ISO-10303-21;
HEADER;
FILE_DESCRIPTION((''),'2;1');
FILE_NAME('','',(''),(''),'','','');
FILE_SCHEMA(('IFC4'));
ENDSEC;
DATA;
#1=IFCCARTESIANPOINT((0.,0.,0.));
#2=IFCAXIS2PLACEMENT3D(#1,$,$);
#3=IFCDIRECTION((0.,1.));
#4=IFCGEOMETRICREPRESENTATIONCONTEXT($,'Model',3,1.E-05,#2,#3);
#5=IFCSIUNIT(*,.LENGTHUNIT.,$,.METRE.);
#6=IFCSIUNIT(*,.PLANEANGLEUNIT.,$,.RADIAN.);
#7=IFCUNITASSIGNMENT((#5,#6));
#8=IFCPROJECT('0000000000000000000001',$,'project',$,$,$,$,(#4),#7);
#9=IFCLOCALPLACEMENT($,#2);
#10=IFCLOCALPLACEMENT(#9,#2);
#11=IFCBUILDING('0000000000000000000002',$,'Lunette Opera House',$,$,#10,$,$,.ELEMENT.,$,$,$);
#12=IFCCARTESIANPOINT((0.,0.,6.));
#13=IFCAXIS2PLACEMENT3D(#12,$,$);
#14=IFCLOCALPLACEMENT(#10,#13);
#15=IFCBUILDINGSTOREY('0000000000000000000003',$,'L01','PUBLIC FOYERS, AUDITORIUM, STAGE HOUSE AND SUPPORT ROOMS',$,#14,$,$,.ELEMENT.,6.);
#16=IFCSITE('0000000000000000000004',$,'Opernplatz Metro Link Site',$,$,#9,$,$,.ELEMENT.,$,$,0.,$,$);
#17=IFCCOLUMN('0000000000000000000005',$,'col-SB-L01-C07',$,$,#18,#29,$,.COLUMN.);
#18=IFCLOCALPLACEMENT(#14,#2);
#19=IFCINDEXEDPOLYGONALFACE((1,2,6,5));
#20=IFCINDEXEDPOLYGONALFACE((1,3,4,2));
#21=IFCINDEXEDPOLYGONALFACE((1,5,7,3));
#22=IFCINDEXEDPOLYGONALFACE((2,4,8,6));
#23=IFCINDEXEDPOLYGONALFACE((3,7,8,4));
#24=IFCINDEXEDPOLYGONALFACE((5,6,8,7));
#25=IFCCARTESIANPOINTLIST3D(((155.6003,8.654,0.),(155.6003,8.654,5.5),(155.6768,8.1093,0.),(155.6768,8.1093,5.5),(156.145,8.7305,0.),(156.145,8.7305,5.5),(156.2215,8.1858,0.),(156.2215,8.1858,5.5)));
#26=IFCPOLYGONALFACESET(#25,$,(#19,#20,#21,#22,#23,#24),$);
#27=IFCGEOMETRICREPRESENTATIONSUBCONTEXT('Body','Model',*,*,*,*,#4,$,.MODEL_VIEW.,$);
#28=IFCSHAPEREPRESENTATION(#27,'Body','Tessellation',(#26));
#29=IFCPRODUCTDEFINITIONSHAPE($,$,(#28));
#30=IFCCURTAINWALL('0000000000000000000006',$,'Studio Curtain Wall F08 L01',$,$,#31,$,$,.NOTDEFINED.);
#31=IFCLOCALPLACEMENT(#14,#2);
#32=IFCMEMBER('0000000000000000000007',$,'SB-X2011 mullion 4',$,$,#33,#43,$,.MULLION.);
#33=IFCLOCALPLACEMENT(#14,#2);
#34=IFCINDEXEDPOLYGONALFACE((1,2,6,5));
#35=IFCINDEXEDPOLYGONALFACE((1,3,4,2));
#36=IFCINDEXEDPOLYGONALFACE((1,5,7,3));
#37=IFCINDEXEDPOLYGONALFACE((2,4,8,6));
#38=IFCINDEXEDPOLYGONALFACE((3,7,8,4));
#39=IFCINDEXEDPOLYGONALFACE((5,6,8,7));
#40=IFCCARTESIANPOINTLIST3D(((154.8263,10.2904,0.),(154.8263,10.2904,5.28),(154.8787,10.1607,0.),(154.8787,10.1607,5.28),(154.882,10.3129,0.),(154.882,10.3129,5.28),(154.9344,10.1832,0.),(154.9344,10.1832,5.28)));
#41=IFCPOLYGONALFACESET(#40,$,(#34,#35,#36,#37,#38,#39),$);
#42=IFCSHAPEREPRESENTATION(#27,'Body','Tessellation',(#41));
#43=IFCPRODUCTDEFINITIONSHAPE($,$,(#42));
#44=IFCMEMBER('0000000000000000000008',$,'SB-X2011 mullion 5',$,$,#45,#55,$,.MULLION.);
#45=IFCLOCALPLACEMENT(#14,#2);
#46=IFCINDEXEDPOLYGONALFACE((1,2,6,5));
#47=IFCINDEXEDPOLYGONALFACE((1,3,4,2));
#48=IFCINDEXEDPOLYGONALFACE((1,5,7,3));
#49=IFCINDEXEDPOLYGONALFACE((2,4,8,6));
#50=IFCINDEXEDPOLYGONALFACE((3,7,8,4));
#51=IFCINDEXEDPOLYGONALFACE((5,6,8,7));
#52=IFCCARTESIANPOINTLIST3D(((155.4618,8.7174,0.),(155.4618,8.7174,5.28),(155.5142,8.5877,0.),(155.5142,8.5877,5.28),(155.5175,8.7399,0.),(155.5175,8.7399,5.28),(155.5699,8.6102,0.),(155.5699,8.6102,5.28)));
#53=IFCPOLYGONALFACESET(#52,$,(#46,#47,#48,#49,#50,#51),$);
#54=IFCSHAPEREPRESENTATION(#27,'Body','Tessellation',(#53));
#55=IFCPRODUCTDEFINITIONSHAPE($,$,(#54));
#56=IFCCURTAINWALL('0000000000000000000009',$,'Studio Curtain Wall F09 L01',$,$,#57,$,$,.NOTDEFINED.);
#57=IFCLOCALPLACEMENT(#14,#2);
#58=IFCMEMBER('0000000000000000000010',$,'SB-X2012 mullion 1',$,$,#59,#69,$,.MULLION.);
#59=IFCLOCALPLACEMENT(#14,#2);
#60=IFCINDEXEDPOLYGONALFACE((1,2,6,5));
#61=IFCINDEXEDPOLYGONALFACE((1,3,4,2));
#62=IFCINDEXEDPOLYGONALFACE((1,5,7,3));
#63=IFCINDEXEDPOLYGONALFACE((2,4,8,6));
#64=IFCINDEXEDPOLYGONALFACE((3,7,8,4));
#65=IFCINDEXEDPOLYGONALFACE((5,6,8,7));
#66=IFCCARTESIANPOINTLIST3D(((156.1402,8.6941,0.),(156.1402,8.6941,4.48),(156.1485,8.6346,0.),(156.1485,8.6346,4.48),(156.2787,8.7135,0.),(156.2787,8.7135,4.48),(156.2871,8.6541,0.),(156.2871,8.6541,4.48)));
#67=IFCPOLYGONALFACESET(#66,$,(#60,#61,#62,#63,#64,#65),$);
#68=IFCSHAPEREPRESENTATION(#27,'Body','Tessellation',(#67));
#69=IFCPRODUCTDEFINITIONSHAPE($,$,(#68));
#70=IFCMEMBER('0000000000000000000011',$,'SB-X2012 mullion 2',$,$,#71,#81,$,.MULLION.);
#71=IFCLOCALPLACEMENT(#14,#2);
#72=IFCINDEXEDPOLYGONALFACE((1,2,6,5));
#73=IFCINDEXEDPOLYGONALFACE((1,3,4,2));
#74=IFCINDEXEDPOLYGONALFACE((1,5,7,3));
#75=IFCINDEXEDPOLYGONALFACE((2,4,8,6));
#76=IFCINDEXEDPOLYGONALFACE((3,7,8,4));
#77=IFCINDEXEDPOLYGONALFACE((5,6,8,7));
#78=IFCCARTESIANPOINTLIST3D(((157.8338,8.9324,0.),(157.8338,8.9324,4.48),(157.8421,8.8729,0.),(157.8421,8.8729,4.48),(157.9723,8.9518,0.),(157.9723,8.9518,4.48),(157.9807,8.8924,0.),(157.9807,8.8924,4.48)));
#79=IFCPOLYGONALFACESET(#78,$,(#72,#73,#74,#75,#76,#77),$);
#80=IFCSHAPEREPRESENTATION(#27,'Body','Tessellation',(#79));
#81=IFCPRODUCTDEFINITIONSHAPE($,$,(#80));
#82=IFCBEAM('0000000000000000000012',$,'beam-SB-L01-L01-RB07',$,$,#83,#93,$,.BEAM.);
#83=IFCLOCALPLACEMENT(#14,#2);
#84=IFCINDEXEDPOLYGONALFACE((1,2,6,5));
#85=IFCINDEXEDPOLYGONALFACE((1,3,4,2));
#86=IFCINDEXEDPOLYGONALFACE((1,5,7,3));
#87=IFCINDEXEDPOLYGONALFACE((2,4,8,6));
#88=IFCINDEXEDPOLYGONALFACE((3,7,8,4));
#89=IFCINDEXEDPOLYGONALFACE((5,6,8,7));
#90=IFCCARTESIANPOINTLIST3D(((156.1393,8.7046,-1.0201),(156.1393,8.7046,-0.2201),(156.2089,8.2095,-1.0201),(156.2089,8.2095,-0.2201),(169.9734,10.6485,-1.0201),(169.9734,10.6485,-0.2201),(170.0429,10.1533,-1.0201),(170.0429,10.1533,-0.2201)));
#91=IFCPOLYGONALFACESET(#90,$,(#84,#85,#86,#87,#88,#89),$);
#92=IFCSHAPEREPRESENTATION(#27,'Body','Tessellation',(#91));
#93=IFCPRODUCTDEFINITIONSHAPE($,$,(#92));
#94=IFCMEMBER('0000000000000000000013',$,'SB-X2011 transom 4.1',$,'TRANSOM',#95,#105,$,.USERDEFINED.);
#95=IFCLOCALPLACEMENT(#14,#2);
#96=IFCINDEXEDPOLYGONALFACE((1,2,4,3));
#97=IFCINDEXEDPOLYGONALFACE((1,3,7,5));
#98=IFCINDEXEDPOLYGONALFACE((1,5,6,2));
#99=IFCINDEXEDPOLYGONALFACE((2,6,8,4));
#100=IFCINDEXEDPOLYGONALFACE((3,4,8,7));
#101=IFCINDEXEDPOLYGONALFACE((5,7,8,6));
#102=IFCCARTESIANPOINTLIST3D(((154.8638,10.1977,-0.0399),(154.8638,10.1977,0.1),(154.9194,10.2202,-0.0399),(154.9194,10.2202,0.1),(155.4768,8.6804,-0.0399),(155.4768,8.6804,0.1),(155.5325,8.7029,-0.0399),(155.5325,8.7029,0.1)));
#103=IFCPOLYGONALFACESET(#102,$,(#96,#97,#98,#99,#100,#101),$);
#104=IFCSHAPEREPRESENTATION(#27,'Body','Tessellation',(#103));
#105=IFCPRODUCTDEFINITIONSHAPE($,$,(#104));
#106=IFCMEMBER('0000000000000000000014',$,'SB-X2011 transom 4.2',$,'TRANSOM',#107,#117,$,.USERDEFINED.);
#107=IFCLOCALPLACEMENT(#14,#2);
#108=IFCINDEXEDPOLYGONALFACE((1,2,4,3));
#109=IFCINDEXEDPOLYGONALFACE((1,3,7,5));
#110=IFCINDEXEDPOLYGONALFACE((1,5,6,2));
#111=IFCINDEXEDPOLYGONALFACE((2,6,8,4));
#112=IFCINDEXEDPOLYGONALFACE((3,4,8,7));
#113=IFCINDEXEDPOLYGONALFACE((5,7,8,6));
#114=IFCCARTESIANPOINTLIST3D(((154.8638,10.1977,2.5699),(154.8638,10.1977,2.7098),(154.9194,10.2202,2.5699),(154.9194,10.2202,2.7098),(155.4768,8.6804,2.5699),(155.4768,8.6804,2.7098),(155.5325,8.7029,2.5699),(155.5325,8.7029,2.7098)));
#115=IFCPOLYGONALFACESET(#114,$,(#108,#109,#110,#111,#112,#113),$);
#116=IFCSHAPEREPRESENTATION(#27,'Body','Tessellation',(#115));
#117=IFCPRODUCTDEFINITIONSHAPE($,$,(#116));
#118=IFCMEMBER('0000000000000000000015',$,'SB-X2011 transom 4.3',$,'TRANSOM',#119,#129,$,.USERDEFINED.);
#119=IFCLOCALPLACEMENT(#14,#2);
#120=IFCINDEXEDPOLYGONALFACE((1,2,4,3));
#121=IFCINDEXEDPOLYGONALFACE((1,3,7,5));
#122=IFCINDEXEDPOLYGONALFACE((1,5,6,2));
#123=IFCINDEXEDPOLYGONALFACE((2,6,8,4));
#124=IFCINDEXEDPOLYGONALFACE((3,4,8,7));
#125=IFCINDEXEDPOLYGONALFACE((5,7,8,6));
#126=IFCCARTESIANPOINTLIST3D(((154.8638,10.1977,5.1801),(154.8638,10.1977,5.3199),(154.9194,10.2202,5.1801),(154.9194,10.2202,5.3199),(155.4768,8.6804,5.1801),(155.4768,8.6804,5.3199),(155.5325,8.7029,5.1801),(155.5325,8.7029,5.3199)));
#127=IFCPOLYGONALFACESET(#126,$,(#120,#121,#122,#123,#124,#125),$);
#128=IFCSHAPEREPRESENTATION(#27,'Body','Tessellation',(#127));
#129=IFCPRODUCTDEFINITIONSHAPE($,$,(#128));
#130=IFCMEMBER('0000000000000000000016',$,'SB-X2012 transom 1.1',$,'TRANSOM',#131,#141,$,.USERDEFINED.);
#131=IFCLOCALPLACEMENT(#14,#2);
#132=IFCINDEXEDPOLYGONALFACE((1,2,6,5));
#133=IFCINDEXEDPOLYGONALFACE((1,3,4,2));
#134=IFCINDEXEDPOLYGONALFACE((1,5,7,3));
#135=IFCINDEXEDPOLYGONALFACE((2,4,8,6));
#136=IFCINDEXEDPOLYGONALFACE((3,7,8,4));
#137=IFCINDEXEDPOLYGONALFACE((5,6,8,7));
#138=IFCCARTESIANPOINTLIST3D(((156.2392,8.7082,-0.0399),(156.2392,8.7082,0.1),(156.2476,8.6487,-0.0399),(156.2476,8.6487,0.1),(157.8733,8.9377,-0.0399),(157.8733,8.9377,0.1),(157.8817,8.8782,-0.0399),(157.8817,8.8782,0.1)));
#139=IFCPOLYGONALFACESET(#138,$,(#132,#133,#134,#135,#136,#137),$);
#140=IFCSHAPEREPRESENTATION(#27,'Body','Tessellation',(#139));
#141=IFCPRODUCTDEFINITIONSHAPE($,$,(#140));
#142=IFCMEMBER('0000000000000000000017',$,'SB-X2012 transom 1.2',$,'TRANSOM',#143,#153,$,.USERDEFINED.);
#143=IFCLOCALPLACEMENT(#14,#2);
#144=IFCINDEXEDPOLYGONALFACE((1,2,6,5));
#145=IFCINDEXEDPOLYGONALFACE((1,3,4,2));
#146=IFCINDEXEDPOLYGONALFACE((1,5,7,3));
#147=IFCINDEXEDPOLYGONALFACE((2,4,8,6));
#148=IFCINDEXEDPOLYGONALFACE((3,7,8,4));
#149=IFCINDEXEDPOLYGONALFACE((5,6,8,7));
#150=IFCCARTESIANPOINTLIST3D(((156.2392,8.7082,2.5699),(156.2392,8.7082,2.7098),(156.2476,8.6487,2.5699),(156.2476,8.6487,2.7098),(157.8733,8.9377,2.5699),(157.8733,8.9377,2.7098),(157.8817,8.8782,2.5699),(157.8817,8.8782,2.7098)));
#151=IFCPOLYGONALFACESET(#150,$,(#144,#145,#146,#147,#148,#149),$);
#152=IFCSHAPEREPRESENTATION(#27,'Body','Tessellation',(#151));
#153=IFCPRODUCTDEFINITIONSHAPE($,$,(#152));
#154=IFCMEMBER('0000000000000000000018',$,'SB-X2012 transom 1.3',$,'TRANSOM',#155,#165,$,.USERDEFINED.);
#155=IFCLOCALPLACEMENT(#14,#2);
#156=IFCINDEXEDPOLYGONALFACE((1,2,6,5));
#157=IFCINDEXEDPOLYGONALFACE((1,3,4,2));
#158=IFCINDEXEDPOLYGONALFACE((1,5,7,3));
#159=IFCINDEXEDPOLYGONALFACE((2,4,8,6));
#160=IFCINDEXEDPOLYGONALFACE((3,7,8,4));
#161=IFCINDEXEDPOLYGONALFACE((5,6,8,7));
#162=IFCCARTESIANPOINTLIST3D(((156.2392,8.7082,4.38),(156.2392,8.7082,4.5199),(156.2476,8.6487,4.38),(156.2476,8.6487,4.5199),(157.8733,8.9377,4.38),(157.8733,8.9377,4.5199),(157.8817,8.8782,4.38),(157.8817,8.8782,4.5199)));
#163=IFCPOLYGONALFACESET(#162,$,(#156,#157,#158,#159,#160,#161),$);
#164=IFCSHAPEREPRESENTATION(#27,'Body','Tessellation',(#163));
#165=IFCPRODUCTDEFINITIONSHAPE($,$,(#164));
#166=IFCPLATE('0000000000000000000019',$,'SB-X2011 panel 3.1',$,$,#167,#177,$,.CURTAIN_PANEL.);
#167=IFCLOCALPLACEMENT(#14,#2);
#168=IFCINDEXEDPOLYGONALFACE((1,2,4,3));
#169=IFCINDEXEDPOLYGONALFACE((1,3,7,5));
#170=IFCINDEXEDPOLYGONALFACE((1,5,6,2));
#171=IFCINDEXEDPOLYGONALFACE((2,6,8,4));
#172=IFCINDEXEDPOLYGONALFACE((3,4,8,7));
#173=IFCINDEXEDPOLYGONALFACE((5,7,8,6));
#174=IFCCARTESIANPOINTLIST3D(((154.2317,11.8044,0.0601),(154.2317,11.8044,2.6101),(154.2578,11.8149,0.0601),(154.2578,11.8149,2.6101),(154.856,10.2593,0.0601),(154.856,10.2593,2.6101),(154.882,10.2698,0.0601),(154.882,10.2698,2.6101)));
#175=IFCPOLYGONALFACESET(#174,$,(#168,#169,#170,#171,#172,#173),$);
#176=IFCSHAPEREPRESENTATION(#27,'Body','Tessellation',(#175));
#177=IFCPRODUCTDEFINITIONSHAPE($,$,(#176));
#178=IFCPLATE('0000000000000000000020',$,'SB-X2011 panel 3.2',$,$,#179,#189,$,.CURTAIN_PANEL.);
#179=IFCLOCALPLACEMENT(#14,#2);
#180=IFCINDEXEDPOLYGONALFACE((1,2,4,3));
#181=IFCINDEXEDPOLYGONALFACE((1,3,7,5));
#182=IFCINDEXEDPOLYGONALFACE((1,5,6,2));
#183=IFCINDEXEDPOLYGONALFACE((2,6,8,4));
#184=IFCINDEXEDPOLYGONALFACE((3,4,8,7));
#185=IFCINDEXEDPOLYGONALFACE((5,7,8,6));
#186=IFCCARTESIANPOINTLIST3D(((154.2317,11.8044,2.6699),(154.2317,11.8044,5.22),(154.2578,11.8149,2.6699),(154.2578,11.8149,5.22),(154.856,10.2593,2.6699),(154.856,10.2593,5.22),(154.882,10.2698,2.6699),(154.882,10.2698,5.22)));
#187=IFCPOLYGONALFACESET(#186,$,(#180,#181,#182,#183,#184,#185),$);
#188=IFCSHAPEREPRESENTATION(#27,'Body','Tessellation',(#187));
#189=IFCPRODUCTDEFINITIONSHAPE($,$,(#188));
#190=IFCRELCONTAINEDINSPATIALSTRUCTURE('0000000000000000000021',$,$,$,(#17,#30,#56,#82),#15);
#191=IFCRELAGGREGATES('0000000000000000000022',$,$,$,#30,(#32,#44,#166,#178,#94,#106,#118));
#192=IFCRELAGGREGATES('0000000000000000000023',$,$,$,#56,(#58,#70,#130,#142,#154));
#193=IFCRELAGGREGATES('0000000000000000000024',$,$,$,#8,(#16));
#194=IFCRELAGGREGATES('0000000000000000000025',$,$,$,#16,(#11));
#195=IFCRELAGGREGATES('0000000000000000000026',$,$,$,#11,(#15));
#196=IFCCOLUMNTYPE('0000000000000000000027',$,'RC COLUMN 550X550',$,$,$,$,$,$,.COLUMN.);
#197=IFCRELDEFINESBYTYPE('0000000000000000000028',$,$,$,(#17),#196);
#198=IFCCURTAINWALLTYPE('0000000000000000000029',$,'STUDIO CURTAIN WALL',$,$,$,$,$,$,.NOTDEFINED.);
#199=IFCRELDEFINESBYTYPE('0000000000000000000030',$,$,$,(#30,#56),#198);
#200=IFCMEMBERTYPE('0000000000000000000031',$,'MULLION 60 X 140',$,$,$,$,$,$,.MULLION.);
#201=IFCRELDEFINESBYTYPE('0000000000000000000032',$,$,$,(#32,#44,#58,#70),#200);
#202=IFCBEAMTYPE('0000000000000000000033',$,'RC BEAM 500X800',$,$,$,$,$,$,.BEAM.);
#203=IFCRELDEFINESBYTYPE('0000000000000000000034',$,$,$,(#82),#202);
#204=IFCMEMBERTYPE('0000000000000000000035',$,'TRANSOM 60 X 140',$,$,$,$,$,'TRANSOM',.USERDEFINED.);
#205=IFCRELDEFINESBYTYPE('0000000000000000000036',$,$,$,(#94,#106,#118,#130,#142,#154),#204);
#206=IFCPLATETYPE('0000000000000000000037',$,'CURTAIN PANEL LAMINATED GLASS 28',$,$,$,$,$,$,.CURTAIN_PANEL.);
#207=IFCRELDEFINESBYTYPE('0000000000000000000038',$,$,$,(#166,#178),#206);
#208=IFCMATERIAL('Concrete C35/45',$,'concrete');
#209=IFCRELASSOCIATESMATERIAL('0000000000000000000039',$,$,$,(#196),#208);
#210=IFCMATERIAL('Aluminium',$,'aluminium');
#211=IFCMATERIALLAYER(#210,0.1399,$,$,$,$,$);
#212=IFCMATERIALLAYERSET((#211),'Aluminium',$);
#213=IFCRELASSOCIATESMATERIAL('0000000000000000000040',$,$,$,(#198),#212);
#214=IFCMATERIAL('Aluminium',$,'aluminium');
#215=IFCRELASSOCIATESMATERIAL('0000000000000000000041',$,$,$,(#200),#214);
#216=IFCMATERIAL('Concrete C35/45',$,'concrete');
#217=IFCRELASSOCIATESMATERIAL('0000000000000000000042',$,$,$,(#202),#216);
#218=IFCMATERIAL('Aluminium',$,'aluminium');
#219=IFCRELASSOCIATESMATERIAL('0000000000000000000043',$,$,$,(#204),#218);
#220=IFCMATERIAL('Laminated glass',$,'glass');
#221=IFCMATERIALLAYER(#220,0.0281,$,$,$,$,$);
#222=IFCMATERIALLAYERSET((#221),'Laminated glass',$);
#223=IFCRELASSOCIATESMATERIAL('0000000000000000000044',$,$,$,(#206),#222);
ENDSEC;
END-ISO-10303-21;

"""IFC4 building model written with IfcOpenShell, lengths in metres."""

from ifc_helpers import new_model, si_unit, direction, frame, origin, origin_2d, place, context, subcontext, project, spatial, rectangle, extrude, material, layer, layer_set, material_profile, profile_set, type_object, element, aggregate, save


model = new_model("IFC4")

# Units and contexts
model_context = context("Model", 3, precision=1e-05, world=origin(), true_north=direction((0.0, 1.0)))
body_context = subcontext(model_context, "Body", "Model", "MODEL_VIEW")
ifc_project = project(units=[si_unit("LENGTHUNIT", "METRE"), si_unit("PLANEANGLEUNIT", "RADIAN")], contexts=[model_context])

# Site, building, storey
site_placement = place(None, origin())
site = spatial("IfcSite", under=ifc_project, at=site_placement, Name="Opernplatz Metro Link Site", CompositionType="ELEMENT", RefElevation=0.0)
building_placement = place(site_placement, origin())
building = spatial("IfcBuilding", under=site, at=building_placement, Name="Lunette Opera House", CompositionType="ELEMENT")
storey_placement = place(building_placement, frame((0.0, 0.0, 6.0)))
storey = spatial("IfcBuildingStorey", under=building, at=storey_placement, Name="L01", Description="PUBLIC FOYERS, AUDITORIUM, STAGE HOUSE AND SUPPORT ROOMS", CompositionType="ELEMENT", Elevation=6.0)

# Column
ifc_material_1 = material(Name="Concrete C35/45", Category="concrete")
ifc_material_profile_1 = material_profile(ifc_material_1, rectangle(XDim=0.55, YDim=0.55, at=origin_2d()), Name="RC COLUMN 550X550")
ifc_profile_set_1 = profile_set([ifc_material_profile_1], Name="Concrete C35/45")
column_type = type_object("IfcColumnType", Name="RC COLUMN 550X550", PredefinedType="COLUMN", material=ifc_profile_set_1)
column_placement = place(storey_placement, frame((155.9109, 8.4199, 0.0), z_axis=(0.0, 0.0, 1.0), x_axis=(0.139173, -0.990268, 0.0)))
element("IfcColumn", 1, at=column_placement, inside=storey, type_object=column_type, Name="col-SB-L01-C07", PredefinedType="COLUMN", context=body_context, shape_type="SweptSolid", body=[
    extrude(rectangle(XDim=0.55, YDim=0.55, at=origin_2d()), origin(), (0.0, 0.0, 1.0), 5.5),
])

# Curtain walls, members
ifc_material_2 = material(Name="Aluminium", Category="aluminium")
ifc_layer_1 = layer(ifc_material_2, 0.1399)
ifc_layer_set_1 = layer_set([ifc_layer_1], Name="Aluminium")
curtain_wall_type = type_object("IfcCurtainWallType", Name="STUDIO CURTAIN WALL", PredefinedType="NOTDEFINED", material=ifc_layer_set_1)
curtain_wall_1_placement = place(storey_placement, origin())
curtain_wall_1 = element("IfcCurtainWall", 2, at=curtain_wall_1_placement, inside=storey, type_object=curtain_wall_type, Name="Studio Curtain Wall F08 L01", PredefinedType="NOTDEFINED")
ifc_material_3 = material(Name="Aluminium", Category="aluminium")
ifc_material_profile_2 = material_profile(ifc_material_3, rectangle(XDim=0.0601, YDim=0.1399, at=origin_2d()), Name="MULLION 60 X 140")
ifc_profile_set_2 = profile_set([ifc_material_profile_2], Name="Aluminium")
member_type_1 = type_object("IfcMemberType", Name="MULLION 60 X 140", PredefinedType="MULLION", material=ifc_profile_set_2)
member_1_placement = place(storey_placement, frame((154.8804, 10.2368, 0.0), z_axis=(0.0, 0.0, 1.0), x_axis=(0.927183, 0.374609, 0.0)))
member_1 = element("IfcMember", 3, at=member_1_placement, type_object=member_type_1, Name="SB-X2011 mullion 4", PredefinedType="MULLION", context=body_context, shape_type="SweptSolid", body=[
    extrude(rectangle(XDim=0.0601, YDim=0.1399, at=origin_2d()), origin(), (0.0, 0.0, 1.0), 5.28),
])
member_2_placement = place(storey_placement, frame((155.5159, 8.6638, 0.0), z_axis=(0.0, 0.0, 1.0), x_axis=(0.927183, 0.374609, 0.0)))
member_2 = element("IfcMember", 4, at=member_2_placement, type_object=member_type_1, Name="SB-X2011 mullion 5", PredefinedType="MULLION", context=body_context, shape_type="SweptSolid", body=[
    extrude(rectangle(XDim=0.0601, YDim=0.1399, at=origin_2d()), origin(), (0.0, 0.0, 1.0), 5.28),
])
curtain_wall_2_placement = place(storey_placement, origin())
curtain_wall_2 = element("IfcCurtainWall", 5, at=curtain_wall_2_placement, inside=storey, type_object=curtain_wall_type, Name="Studio Curtain Wall F09 L01", PredefinedType="NOTDEFINED")
member_3_placement = place(storey_placement, frame((156.2136, 8.6741, 0.0), z_axis=(0.0, 0.0, 1.0), x_axis=(-0.139209, 0.990263, 0.0)))
member_3 = element("IfcMember", 6, at=member_3_placement, type_object=member_type_1, Name="SB-X2012 mullion 1", PredefinedType="MULLION", context=body_context, shape_type="SweptSolid", body=[
    extrude(rectangle(XDim=0.0601, YDim=0.1399, at=origin_2d()), origin(), (0.0, 0.0, 1.0), 4.48),
])
member_4_placement = place(storey_placement, frame((157.9072, 8.9124, 0.0), z_axis=(0.0, 0.0, 1.0), x_axis=(-0.139209, 0.990263, 0.0)))
member_4 = element("IfcMember", 7, at=member_4_placement, type_object=member_type_1, Name="SB-X2012 mullion 2", PredefinedType="MULLION", context=body_context, shape_type="SweptSolid", body=[
    extrude(rectangle(XDim=0.0601, YDim=0.1399, at=origin_2d()), origin(), (0.0, 0.0, 1.0), 4.48),
])

# Beam
ifc_material_4 = material(Name="Concrete C35/45", Category="concrete")
ifc_material_profile_3 = material_profile(ifc_material_4, rectangle(XDim=0.5, YDim=0.8, at=origin_2d()), Name="RC BEAM 500X800")
ifc_profile_set_3 = profile_set([ifc_material_profile_3], Name="Concrete C35/45")
beam_type = type_object("IfcBeamType", Name="RC BEAM 500X800", PredefinedType="BEAM", material=ifc_profile_set_3)
beam_placement = place(storey_placement, frame((156.1741, 8.457, -0.6201), z_axis=(0.990272, 0.139146, 0.0), x_axis=(-0.139146, 0.990272, 0.0)))
element("IfcBeam", 8, at=beam_placement, inside=storey, type_object=beam_type, Name="beam-SB-L01-L01-RB07", PredefinedType="BEAM", context=body_context, shape_type="SweptSolid", body=[
    extrude(rectangle(XDim=0.5, YDim=0.8, at=origin_2d()), origin(), (0.0, 0.0, 1.0), 13.97),
])

# Members
ifc_material_5 = material(Name="Aluminium", Category="aluminium")
ifc_material_profile_4 = material_profile(ifc_material_5, rectangle(XDim=0.0601, YDim=0.1399, at=origin_2d()), Name="TRANSOM 60 X 140")
ifc_profile_set_4 = profile_set([ifc_material_profile_4], Name="Aluminium")
member_type_2 = type_object("IfcMemberType", Name="TRANSOM 60 X 140", ElementType="TRANSOM", PredefinedType="USERDEFINED", material=ifc_profile_set_4)
member_5_placement = place(storey_placement, frame((154.8916, 10.209, 0.03), z_axis=(0.374604, -0.927185, 0.0), x_axis=(0.927185, 0.374604, 0.0)))
member_5 = element("IfcMember", 9, at=member_5_placement, type_object=member_type_2, Name="SB-X2011 transom 4.1", ObjectType="TRANSOM", PredefinedType="USERDEFINED", context=body_context, shape_type="SweptSolid", body=[
    extrude(rectangle(XDim=0.0601, YDim=0.1399, at=origin_2d()), origin(), (0.0, 0.0, 1.0), 1.6365),
])
member_6_placement = place(storey_placement, frame((154.8916, 10.209, 2.6399), z_axis=(0.374604, -0.927185, 0.0), x_axis=(0.927185, 0.374604, 0.0)))
member_6 = element("IfcMember", 10, at=member_6_placement, type_object=member_type_2, Name="SB-X2011 transom 4.2", ObjectType="TRANSOM", PredefinedType="USERDEFINED", context=body_context, shape_type="SweptSolid", body=[
    extrude(rectangle(XDim=0.0601, YDim=0.1399, at=origin_2d()), origin(), (0.0, 0.0, 1.0), 1.6365),
])
member_7_placement = place(storey_placement, frame((154.8916, 10.209, 5.25), z_axis=(0.374604, -0.927185, 0.0), x_axis=(0.927185, 0.374604, 0.0)))
member_7 = element("IfcMember", 11, at=member_7_placement, type_object=member_type_2, Name="SB-X2011 transom 4.3", ObjectType="TRANSOM", PredefinedType="USERDEFINED", context=body_context, shape_type="SweptSolid", body=[
    extrude(rectangle(XDim=0.0601, YDim=0.1399, at=origin_2d()), origin(), (0.0, 0.0, 1.0), 1.6365),
])
member_8_placement = place(storey_placement, frame((156.2434, 8.6785, 0.03), z_axis=(0.990281, 0.13908, 0.0), x_axis=(-0.13908, 0.990281, 0.0)))
member_8 = element("IfcMember", 12, at=member_8_placement, type_object=member_type_2, Name="SB-X2012 transom 1.1", ObjectType="TRANSOM", PredefinedType="USERDEFINED", context=body_context, shape_type="SweptSolid", body=[
    extrude(rectangle(XDim=0.0601, YDim=0.1399, at=origin_2d()), origin(), (0.0, 0.0, 1.0), 1.6501),
])
member_9_placement = place(storey_placement, frame((156.2434, 8.6785, 2.6399), z_axis=(0.990281, 0.13908, 0.0), x_axis=(-0.13908, 0.990281, 0.0)))
member_9 = element("IfcMember", 13, at=member_9_placement, type_object=member_type_2, Name="SB-X2012 transom 1.2", ObjectType="TRANSOM", PredefinedType="USERDEFINED", context=body_context, shape_type="SweptSolid", body=[
    extrude(rectangle(XDim=0.0601, YDim=0.1399, at=origin_2d()), origin(), (0.0, 0.0, 1.0), 1.6501),
])
member_10_placement = place(storey_placement, frame((156.2434, 8.6785, 4.45), z_axis=(0.990281, 0.13908, 0.0), x_axis=(-0.13908, 0.990281, 0.0)))
member_10 = element("IfcMember", 14, at=member_10_placement, type_object=member_type_2, Name="SB-X2012 transom 1.3", ObjectType="TRANSOM", PredefinedType="USERDEFINED", context=body_context, shape_type="SweptSolid", body=[
    extrude(rectangle(XDim=0.0601, YDim=0.1399, at=origin_2d()), origin(), (0.0, 0.0, 1.0), 1.6501),
])

# Plates
ifc_material_6 = material(Name="Laminated glass", Category="glass")
ifc_layer_2 = layer(ifc_material_6, 0.0281)
ifc_layer_set_2 = layer_set([ifc_layer_2], Name="Laminated glass")
plate_type = type_object("IfcPlateType", Name="CURTAIN PANEL LAMINATED GLASS 28", PredefinedType="CURTAIN_PANEL", material=ifc_layer_set_2)
plate_1_placement = place(storey_placement, frame((154.5569, 11.0371, 0.0601), z_axis=(0.0, 0.0, 1.0), x_axis=(0.374609, -0.927183, 0.0)))
plate_1 = element("IfcPlate", 15, at=plate_1_placement, type_object=plate_type, Name="SB-X2011 panel 3.1", PredefinedType="CURTAIN_PANEL", context=body_context, shape_type="SweptSolid", body=[
    extrude(rectangle(XDim=1.6665, YDim=0.0281, at=origin_2d()), origin(), (0.0, 0.0, 1.0), 2.55),
])
plate_2_placement = place(storey_placement, frame((154.5569, 11.0371, 2.6699), z_axis=(0.0, 0.0, 1.0), x_axis=(0.374609, -0.927183, 0.0)))
plate_2 = element("IfcPlate", 16, at=plate_2_placement, type_object=plate_type, Name="SB-X2011 panel 3.2", PredefinedType="CURTAIN_PANEL", context=body_context, shape_type="SweptSolid", body=[
    extrude(rectangle(XDim=1.6665, YDim=0.0281, at=origin_2d()), origin(), (0.0, 0.0, 1.0), 2.55),
])
aggregate(curtain_wall_1, [member_1, member_2, plate_1, plate_2, member_5, member_6, member_7])
aggregate(curtain_wall_2, [member_3, member_4, member_8, member_9, member_10])

save(model, "model.ifc")
